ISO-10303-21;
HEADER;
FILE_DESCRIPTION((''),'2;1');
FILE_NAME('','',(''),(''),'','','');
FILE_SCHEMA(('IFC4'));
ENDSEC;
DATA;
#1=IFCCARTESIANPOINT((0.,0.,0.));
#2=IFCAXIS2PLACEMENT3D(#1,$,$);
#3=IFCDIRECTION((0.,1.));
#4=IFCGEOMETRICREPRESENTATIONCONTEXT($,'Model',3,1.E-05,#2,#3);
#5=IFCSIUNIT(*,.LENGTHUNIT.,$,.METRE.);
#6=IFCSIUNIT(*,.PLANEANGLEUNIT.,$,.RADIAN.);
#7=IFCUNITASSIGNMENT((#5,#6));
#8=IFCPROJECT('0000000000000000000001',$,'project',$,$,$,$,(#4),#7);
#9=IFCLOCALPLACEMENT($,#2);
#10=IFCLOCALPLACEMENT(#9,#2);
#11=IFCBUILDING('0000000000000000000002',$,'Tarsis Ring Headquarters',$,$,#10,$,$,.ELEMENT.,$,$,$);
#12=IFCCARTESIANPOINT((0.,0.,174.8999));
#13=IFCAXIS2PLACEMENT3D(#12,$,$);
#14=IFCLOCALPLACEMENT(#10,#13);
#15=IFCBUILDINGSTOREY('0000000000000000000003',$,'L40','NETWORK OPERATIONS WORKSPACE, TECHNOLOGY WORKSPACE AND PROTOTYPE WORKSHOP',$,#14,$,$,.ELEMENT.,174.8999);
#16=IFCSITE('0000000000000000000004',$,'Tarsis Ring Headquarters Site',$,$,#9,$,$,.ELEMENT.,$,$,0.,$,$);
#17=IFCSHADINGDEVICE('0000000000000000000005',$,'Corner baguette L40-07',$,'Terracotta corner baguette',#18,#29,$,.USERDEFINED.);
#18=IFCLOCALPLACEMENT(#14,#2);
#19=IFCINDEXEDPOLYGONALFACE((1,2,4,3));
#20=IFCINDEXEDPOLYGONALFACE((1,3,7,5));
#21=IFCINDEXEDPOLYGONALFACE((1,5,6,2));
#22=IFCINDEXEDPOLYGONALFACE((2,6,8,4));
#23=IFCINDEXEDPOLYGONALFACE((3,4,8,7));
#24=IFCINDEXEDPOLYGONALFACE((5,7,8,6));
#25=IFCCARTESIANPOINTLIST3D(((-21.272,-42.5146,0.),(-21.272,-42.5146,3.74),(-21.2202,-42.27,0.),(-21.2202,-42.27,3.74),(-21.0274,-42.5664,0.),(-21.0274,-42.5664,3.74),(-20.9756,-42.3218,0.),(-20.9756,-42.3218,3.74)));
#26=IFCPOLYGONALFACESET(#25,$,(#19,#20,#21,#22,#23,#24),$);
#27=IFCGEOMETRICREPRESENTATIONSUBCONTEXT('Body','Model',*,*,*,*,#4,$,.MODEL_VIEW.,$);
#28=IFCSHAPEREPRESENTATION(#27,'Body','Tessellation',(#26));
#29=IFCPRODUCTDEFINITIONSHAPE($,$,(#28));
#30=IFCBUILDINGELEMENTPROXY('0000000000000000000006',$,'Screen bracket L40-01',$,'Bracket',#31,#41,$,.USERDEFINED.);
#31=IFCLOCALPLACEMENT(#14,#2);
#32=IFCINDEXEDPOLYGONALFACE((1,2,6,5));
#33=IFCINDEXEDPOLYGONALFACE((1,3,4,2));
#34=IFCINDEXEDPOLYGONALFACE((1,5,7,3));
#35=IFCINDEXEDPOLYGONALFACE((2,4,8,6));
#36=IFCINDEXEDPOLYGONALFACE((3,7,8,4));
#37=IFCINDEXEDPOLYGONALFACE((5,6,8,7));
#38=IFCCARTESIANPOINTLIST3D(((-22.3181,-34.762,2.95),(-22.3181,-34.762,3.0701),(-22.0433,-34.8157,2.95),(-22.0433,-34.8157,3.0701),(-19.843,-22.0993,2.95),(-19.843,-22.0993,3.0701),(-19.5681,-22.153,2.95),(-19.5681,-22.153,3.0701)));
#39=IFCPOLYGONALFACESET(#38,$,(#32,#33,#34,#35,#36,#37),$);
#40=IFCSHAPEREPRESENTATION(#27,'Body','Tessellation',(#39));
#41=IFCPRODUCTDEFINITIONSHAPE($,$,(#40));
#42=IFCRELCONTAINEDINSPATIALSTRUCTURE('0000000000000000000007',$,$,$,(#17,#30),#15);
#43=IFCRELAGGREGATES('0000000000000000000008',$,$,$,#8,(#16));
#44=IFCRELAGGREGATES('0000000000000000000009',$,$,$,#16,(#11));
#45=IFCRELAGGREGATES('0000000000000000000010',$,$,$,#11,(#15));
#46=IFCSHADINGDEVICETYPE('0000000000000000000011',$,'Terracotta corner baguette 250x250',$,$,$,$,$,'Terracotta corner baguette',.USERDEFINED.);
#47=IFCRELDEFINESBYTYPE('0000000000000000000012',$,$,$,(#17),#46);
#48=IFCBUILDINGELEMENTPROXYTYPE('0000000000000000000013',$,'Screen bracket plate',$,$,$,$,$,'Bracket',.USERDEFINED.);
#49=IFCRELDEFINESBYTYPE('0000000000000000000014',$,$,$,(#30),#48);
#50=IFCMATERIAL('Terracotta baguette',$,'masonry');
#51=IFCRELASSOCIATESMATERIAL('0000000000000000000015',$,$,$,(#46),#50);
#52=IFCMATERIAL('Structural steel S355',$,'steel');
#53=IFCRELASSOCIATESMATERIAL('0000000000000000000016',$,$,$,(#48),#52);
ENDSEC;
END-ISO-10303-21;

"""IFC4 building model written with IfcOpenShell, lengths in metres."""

from ifc_helpers import new_model, si_unit, direction, frame, origin, origin_2d, place, context, subcontext, project, spatial, rectangle, extrude, material, type_object, element, save


model = new_model("IFC4")

# Units and contexts
model_context = context("Model", 3, precision=1e-05, world=origin(), true_north=direction((0.0, 1.0)))
body_context = subcontext(model_context, "Body", "Model", "MODEL_VIEW")
ifc_project = project(units=[si_unit("LENGTHUNIT", "METRE"), si_unit("PLANEANGLEUNIT", "RADIAN")], contexts=[model_context])

# Site, building, storey
site_placement = place(None, origin())
site = spatial("IfcSite", under=ifc_project, at=site_placement, Name="Tarsis Ring Headquarters Site", CompositionType="ELEMENT", RefElevation=0.0)
building_placement = place(site_placement, origin())
building = spatial("IfcBuilding", under=site, at=building_placement, Name="Tarsis Ring Headquarters", CompositionType="ELEMENT")
storey_placement = place(building_placement, frame((0.0, 0.0, 174.8999)))
storey = spatial("IfcBuildingStorey", under=building, at=storey_placement, Name="L40", Description="NETWORK OPERATIONS WORKSPACE, TECHNOLOGY WORKSPACE AND PROTOTYPE WORKSHOP", CompositionType="ELEMENT", Elevation=174.8999)

# Shared definitions
ifc_material_1 = material(Name="Structural steel S355", Category="steel")

# Shading device
ifc_material_2 = material(Name="Terracotta baguette", Category="masonry")
shading_device_type_1 = type_object("IfcShadingDeviceType", Name="Terracotta corner baguette 250x250", ElementType="Terracotta corner baguette", PredefinedType="USERDEFINED", material=ifc_material_2)
shading_device_1_placement = place(storey_placement, frame((-21.1238, -42.4182, 0.0), z_axis=(0.0, 0.0, 1.0), x_axis=(-0.207229, -0.978293, 0.0)))
element("IfcShadingDevice", 1, at=shading_device_1_placement, inside=storey, type_object=shading_device_type_1, Name="Corner baguette L40-07", ObjectType="Terracotta corner baguette", PredefinedType="USERDEFINED", context=body_context, shape_type="SweptSolid", body=[
    extrude(rectangle(XDim=0.25, YDim=0.25, at=origin_2d()), origin(), (0.0, 0.0, 1.0), 3.74),
])

# Building element proxy
building_element_proxy_type = type_object("IfcBuildingElementProxyType", Name="Screen bracket plate", ElementType="Bracket", PredefinedType="USERDEFINED", material=ifc_material_1)
proxy_placement = place(storey_placement, frame((-20.9431, -28.4575, 2.95), z_axis=(0.0, 0.0, 1.0), x_axis=(-0.191837, -0.981427, 0.0)))
element("IfcBuildingElementProxy", 2, at=proxy_placement, inside=storey, type_object=building_element_proxy_type, Name="Screen bracket L40-01", ObjectType="Bracket", PredefinedType="USERDEFINED", context=body_context, shape_type="SweptSolid", body=[
    extrude(rectangle(XDim=12.9023, YDim=0.28, at=origin_2d()), origin(), (0.0, 0.0, 1.0), 0.1201),
])

save(model, "model.ifc")
